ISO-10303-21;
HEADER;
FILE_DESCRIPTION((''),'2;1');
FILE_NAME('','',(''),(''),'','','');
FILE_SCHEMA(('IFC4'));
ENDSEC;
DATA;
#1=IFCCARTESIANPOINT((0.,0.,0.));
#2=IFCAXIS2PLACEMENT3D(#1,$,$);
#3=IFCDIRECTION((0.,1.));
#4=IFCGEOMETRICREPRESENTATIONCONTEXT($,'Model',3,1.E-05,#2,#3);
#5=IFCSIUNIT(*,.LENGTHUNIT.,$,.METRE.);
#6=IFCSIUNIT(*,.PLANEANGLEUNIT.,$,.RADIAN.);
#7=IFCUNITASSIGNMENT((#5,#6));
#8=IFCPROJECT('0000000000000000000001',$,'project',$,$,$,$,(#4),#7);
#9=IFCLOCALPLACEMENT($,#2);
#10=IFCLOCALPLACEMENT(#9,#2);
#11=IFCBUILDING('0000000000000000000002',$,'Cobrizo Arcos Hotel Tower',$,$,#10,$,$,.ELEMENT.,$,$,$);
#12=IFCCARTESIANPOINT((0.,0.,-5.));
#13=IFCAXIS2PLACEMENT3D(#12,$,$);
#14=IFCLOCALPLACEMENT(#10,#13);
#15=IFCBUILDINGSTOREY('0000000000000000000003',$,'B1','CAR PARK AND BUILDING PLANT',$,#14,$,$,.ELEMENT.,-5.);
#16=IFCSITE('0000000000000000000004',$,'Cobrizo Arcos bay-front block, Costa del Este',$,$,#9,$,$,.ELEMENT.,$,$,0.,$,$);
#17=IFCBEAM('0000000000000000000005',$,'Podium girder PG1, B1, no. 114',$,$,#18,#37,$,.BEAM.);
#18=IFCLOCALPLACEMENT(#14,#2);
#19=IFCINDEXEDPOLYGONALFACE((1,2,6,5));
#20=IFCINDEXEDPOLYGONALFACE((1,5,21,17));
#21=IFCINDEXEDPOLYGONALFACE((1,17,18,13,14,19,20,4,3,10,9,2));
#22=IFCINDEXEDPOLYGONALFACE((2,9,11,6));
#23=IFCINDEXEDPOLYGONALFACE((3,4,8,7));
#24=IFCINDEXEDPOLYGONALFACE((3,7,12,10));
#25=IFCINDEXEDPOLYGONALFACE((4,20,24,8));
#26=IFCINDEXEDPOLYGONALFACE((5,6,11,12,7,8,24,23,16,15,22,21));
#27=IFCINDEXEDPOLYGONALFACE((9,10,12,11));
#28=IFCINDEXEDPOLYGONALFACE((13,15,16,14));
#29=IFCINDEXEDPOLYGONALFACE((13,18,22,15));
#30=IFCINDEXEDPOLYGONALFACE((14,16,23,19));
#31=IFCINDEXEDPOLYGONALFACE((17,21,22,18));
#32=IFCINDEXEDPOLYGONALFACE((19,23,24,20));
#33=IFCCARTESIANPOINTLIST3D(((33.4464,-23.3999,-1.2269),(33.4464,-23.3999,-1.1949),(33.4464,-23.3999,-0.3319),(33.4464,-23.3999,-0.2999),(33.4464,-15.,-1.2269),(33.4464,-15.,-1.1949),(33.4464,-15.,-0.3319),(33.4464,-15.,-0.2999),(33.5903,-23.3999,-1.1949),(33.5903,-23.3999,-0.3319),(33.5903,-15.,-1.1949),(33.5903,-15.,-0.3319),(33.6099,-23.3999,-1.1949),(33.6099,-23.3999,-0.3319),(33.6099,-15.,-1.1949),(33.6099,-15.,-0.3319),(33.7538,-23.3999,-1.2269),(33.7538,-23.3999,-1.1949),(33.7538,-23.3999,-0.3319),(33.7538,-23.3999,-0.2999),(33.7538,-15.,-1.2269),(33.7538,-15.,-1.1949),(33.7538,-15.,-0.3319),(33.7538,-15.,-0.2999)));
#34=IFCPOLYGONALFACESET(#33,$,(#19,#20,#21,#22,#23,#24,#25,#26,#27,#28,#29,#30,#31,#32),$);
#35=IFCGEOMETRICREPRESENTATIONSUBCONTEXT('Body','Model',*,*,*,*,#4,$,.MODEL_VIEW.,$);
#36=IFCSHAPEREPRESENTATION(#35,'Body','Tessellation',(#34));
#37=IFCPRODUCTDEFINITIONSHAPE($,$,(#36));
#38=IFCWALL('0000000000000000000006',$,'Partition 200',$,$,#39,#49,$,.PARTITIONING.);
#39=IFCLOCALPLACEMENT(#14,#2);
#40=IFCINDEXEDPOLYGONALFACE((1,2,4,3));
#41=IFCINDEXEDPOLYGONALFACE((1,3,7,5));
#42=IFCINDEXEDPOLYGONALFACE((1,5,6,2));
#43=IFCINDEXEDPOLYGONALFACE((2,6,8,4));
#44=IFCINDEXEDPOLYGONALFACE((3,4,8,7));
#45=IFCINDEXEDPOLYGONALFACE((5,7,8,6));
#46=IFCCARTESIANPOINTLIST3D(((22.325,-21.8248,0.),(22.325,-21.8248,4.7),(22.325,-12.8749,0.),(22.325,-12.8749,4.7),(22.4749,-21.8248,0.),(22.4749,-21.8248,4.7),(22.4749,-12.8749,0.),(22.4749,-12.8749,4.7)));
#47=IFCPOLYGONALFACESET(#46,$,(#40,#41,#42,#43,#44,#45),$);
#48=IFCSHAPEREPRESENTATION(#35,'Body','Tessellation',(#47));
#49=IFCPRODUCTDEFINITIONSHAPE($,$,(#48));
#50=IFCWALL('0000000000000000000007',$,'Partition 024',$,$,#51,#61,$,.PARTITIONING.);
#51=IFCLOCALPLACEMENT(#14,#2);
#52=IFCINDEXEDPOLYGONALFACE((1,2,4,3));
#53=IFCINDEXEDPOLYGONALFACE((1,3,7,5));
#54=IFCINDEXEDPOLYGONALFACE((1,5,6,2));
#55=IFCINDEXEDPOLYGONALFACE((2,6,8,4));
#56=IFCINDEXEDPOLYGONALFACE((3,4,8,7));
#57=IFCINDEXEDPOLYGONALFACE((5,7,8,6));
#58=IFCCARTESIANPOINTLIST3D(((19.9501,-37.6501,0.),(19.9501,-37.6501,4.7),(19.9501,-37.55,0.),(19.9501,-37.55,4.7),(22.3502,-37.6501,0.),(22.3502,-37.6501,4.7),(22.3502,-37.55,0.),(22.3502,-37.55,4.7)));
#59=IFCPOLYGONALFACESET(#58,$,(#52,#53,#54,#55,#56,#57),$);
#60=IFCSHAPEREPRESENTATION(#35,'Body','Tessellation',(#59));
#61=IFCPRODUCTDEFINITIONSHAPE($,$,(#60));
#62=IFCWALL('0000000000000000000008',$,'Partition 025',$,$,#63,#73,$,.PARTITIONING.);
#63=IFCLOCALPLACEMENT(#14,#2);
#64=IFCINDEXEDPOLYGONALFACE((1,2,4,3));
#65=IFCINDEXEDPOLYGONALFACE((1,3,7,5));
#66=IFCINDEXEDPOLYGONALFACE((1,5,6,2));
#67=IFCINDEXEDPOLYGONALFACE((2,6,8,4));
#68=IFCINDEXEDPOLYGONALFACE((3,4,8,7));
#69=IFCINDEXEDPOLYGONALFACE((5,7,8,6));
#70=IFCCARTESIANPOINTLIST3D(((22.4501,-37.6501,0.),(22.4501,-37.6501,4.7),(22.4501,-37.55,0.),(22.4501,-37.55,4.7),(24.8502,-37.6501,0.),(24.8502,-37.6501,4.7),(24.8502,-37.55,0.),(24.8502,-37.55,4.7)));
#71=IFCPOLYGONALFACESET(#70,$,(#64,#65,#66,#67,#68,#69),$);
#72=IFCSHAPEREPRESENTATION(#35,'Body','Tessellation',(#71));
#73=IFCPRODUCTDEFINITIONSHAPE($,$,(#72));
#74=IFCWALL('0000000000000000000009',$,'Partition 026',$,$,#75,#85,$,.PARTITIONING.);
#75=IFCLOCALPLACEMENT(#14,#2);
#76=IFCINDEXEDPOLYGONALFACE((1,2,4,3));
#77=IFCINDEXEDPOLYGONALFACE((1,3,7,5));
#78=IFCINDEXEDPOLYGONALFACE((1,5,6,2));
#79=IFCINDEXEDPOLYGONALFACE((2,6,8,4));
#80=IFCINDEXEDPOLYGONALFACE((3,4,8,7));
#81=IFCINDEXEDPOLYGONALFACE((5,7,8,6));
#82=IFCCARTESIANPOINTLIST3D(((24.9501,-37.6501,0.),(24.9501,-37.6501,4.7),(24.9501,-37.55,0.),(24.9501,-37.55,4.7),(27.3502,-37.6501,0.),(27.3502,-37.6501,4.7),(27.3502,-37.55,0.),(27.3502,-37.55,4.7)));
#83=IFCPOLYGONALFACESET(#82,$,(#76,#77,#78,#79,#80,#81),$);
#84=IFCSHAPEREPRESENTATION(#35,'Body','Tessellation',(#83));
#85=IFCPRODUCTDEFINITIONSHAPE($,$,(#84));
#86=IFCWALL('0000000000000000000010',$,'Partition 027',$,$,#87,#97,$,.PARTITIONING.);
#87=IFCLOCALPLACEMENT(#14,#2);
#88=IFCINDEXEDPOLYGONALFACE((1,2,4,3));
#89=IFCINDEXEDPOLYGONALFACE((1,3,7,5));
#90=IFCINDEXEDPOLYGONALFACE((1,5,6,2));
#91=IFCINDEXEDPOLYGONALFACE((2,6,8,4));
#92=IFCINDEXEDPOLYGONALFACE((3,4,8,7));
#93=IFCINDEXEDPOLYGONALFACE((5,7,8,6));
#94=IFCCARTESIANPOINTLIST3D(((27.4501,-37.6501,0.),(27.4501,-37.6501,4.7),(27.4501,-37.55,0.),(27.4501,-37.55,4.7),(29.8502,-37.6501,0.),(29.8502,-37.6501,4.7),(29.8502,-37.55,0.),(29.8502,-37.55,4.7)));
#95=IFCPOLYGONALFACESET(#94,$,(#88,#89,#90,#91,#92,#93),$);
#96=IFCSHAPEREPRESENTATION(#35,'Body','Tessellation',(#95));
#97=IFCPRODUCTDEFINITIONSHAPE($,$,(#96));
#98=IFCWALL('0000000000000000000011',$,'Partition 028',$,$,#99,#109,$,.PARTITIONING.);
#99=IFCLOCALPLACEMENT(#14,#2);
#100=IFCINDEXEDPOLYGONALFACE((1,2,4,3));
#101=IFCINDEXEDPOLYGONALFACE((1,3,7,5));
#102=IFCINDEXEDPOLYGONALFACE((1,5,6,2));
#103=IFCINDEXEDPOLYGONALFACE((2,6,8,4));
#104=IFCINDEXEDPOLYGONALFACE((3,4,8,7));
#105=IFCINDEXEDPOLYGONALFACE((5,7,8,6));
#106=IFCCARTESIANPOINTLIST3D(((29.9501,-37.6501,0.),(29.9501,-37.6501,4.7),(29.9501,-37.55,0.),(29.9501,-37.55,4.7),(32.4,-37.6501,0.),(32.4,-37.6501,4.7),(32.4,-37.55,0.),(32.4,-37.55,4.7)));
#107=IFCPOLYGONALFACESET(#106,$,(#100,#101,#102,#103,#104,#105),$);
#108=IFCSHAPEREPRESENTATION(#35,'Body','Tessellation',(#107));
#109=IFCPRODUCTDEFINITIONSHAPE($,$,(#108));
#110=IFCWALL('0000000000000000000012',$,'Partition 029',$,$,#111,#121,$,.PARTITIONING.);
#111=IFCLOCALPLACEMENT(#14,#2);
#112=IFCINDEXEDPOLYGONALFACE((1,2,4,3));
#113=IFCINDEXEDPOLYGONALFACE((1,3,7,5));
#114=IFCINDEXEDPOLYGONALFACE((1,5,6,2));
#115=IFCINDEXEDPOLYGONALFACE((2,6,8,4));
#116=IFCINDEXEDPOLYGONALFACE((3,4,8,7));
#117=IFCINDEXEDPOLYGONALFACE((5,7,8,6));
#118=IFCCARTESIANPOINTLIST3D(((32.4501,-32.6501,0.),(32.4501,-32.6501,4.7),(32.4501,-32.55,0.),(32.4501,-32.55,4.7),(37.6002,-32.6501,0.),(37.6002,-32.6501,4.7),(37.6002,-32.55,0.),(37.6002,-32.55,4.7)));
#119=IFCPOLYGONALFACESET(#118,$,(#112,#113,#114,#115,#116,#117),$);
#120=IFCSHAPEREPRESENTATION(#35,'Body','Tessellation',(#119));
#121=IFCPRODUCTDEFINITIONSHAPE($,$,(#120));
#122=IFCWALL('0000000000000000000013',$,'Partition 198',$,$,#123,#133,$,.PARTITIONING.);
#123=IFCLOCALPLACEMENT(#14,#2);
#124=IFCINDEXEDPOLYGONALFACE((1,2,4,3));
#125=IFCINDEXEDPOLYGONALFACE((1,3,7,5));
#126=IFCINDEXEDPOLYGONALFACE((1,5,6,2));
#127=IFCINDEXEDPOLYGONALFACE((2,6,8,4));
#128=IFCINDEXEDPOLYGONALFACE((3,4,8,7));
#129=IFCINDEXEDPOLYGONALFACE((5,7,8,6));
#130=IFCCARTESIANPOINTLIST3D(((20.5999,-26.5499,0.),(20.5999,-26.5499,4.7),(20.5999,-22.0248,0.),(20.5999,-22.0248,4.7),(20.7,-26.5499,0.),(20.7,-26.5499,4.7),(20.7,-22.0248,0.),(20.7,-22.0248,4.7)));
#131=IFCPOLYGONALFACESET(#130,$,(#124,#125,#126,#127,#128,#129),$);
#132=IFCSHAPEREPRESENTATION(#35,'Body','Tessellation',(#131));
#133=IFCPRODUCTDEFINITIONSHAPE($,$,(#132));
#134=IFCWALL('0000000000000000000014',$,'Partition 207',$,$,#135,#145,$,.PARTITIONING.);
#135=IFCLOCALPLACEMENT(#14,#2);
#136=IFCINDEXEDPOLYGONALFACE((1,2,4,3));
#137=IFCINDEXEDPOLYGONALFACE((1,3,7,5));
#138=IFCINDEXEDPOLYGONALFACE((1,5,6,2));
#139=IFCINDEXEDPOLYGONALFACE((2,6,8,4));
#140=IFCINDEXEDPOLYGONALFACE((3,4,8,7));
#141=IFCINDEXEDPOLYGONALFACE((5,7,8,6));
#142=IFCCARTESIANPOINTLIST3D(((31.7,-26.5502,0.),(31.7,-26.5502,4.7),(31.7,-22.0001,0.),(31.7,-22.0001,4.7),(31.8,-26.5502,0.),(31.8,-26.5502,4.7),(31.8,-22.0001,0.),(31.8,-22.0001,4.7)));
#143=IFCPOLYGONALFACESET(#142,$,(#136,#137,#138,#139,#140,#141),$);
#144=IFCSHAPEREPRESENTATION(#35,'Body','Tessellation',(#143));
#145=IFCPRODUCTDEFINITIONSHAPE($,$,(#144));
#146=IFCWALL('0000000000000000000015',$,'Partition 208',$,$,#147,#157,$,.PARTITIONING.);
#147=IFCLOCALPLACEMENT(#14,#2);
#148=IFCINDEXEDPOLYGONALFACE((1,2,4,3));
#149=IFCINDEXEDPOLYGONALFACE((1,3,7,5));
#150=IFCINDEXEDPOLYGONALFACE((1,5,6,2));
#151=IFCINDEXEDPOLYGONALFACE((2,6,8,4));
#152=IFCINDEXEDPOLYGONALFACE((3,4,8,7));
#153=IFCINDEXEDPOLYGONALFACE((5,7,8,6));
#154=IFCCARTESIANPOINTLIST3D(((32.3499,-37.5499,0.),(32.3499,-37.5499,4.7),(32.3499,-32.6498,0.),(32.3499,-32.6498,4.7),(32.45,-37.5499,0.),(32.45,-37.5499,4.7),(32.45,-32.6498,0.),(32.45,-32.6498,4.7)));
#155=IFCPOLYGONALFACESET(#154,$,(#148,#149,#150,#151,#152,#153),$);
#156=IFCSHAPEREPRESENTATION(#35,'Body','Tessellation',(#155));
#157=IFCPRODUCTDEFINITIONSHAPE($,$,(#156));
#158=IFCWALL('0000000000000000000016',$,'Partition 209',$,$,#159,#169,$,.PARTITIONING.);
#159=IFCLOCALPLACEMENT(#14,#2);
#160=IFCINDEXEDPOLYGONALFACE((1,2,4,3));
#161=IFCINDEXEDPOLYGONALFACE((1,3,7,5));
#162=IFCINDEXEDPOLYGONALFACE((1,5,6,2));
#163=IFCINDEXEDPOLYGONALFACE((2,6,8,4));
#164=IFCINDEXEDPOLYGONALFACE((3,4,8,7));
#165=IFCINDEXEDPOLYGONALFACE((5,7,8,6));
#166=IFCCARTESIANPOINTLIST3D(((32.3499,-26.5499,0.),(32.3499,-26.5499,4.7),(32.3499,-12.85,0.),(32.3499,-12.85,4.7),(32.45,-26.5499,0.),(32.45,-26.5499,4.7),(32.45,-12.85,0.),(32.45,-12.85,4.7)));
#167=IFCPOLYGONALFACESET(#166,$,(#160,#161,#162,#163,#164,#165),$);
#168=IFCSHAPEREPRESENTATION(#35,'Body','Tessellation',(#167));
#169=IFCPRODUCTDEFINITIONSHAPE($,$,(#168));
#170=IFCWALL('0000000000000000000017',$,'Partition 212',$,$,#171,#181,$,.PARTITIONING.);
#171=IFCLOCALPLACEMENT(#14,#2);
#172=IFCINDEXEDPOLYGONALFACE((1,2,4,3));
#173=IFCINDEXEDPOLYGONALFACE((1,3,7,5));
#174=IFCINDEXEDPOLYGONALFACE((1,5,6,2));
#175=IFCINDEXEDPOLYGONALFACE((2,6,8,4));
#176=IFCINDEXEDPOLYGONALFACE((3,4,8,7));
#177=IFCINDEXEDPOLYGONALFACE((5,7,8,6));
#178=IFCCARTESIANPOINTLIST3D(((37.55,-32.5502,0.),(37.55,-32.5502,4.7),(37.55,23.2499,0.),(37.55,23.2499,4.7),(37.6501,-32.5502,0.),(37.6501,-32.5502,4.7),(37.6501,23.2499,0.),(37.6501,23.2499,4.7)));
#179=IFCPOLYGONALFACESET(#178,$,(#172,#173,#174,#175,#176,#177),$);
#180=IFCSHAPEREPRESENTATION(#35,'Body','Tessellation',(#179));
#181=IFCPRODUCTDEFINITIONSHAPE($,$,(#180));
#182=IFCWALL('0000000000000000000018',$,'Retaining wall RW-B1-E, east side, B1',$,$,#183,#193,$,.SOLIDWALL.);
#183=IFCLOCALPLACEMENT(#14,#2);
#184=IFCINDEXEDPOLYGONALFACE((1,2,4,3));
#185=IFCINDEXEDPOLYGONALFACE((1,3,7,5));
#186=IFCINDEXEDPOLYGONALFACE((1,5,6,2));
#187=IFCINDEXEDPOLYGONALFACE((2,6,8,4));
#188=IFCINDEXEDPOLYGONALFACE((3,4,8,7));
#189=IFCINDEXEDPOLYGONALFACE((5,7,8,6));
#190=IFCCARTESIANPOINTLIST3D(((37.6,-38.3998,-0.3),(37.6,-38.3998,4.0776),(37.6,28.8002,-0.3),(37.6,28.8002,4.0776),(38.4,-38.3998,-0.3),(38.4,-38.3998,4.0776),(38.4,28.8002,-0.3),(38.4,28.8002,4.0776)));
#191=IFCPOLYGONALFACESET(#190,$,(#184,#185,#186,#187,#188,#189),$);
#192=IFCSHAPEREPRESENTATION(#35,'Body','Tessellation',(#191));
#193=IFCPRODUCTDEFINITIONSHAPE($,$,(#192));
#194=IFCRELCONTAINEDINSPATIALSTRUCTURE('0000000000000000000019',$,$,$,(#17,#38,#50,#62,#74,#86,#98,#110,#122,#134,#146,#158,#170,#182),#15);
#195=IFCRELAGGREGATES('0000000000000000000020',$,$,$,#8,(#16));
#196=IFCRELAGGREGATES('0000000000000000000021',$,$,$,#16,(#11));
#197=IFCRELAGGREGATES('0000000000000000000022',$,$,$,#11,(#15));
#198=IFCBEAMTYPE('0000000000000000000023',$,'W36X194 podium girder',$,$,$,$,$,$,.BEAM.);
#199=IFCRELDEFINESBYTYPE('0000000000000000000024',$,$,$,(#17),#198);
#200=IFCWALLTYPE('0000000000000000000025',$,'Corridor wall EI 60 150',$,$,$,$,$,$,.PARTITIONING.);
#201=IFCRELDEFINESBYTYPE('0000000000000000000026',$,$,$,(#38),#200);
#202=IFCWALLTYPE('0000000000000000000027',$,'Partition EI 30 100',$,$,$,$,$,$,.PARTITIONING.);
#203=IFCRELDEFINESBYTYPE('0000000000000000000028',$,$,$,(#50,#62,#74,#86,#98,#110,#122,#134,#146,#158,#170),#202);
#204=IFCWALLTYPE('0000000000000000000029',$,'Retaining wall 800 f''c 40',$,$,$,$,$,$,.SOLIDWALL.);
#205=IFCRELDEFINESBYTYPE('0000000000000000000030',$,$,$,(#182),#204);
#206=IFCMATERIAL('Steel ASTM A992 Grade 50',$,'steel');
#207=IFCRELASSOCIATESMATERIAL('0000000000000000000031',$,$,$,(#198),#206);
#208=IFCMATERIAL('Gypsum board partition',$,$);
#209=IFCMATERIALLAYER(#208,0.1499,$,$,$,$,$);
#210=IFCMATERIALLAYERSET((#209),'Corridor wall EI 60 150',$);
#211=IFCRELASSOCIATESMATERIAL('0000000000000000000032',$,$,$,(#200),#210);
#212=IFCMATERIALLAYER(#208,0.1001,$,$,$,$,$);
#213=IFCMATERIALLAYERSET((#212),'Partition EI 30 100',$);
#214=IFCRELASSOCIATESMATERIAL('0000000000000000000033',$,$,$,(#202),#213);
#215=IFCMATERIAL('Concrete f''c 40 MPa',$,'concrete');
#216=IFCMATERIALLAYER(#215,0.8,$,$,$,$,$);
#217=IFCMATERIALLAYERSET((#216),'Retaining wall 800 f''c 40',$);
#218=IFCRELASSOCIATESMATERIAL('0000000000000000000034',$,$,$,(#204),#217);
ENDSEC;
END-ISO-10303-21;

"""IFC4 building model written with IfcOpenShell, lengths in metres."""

from ifc_helpers import new_model, si_unit, direction, frame, frame_2d, origin, origin_2d, place, context, subcontext, project, spatial, rectangle, i_section, extrude, material, layer, layer_set, material_profile, profile_set, type_object, element, save


model = new_model("IFC4")

# Units and contexts
model_context = context("Model", 3, precision=1e-05, world=origin(), true_north=direction((0.0, 1.0)))
body_context = subcontext(model_context, "Body", "Model", "MODEL_VIEW")
ifc_project = project(units=[si_unit("LENGTHUNIT", "METRE"), si_unit("PLANEANGLEUNIT", "RADIAN")], contexts=[model_context])

# Site, building, storey
site_placement = place(None, origin())
site = spatial("IfcSite", under=ifc_project, at=site_placement, Name="Cobrizo Arcos bay-front block, Costa del Este", CompositionType="ELEMENT", RefElevation=0.0)
building_placement = place(site_placement, origin())
building = spatial("IfcBuilding", under=site, at=building_placement, Name="Cobrizo Arcos Hotel Tower", CompositionType="ELEMENT")
storey_placement = place(building_placement, frame((0.0, 0.0, -5.0)))
storey = spatial("IfcBuildingStorey", under=building, at=storey_placement, Name="B1", Description="CAR PARK AND BUILDING PLANT", CompositionType="ELEMENT", Elevation=-5.0)

# Beam
ifc_material_1 = material(Name="Steel ASTM A992 Grade 50", Category="steel")
ifc_material_profile_1 = material_profile(ifc_material_1, i_section(OverallWidth=0.3074, OverallDepth=0.927, WebThickness=0.0195, FlangeThickness=0.032, at=origin_2d()), Name="W36X194")
ifc_profile_set_1 = profile_set([ifc_material_profile_1], Name="Steel ASTM A992 Grade 50")
beam_type_1 = type_object("IfcBeamType", Name="W36X194 podium girder", PredefinedType="BEAM", material=ifc_profile_set_1)
beam_1_placement = place(storey_placement, frame((33.6001, -23.3999, -0.7634), z_axis=(0.0, 1.0, 0.0), x_axis=(-1.0, 0.0, 0.0)))
element("IfcBeam", 1, at=beam_1_placement, inside=storey, type_object=beam_type_1, Name="Podium girder PG1, B1, no. 114", PredefinedType="BEAM", context=body_context, shape_type="SweptSolid", body=[
    extrude(i_section(OverallWidth=0.3074, OverallDepth=0.927, WebThickness=0.0195, FlangeThickness=0.032, at=origin_2d()), origin(), (0.0, 0.0, 1.0), 8.3999),
])

# Walls
ifc_material_2 = material(Name="Gypsum board partition")
ifc_layer_1 = layer(ifc_material_2, 0.1499)
ifc_layer_set_1 = layer_set([ifc_layer_1], Name="Corridor wall EI 60 150")
wall_type_1 = type_object("IfcWallType", Name="Corridor wall EI 60 150", PredefinedType="PARTITIONING", material=ifc_layer_set_1)
wall_1_placement = place(storey_placement, frame((22.3999, -21.825, 0.0), z_axis=(0.0, 0.0, 1.0), x_axis=(0.0, 1.0, 0.0)))
element("IfcWall", 2, at=wall_1_placement, inside=storey, type_object=wall_type_1, Name="Partition 200", PredefinedType="PARTITIONING", context=body_context, shape_type="SweptSolid", body=[
    extrude(rectangle(XDim=8.95, YDim=0.1499, at=frame_2d((4.4751, 0.0))), origin(), (0.0, 0.0, 1.0), 4.7),
])
ifc_layer_2 = layer(ifc_material_2, 0.1001)
ifc_layer_set_2 = layer_set([ifc_layer_2], Name="Partition EI 30 100")
wall_type_2 = type_object("IfcWallType", Name="Partition EI 30 100", PredefinedType="PARTITIONING", material=ifc_layer_set_2)
for number, where, z_axis, x_axis, name in (
    (3, (19.95, -37.6001, 0.0), (0.0, 0.0, 1.0), (1.0, 0.0, 0.0), "Partition 024"),
    (4, (22.45, -37.6001, 0.0), (0.0, 0.0, 1.0), (1.0, 0.0, 0.0), "Partition 025"),
    (5, (24.95, -37.6001, 0.0), (0.0, 0.0, 1.0), (1.0, 0.0, 0.0), "Partition 026"),
    (6, (27.45, -37.6001, 0.0), (0.0, 0.0, 1.0), (1.0, 0.0, 0.0), "Partition 027"),
):
    element("IfcWall", number, at=place(storey_placement, frame(where, z_axis=z_axis, x_axis=x_axis)), inside=storey, type_object=wall_type_2, Name=name, PredefinedType="PARTITIONING", context=body_context, shape_type="SweptSolid", body=[
        extrude(rectangle(XDim=2.4001, YDim=0.1001, at=frame_2d((1.2002, 0.0))), origin(), (0.0, 0.0, 1.0), 4.7),
    ])
wall_2_placement = place(storey_placement, frame((29.95, -37.6001, 0.0), z_axis=(0.0, 0.0, 1.0), x_axis=(1.0, 0.0, 0.0)))
element("IfcWall", 7, at=wall_2_placement, inside=storey, type_object=wall_type_2, Name="Partition 028", PredefinedType="PARTITIONING", context=body_context, shape_type="SweptSolid", body=[
    extrude(rectangle(XDim=2.45, YDim=0.1001, at=frame_2d((1.2251, 0.0))), origin(), (0.0, 0.0, 1.0), 4.7),
])
wall_3_placement = place(storey_placement, frame((32.45, -32.6001, 0.0), z_axis=(0.0, 0.0, 1.0), x_axis=(1.0, 0.0, 0.0)))
element("IfcWall", 8, at=wall_3_placement, inside=storey, type_object=wall_type_2, Name="Partition 029", PredefinedType="PARTITIONING", context=body_context, shape_type="SweptSolid", body=[
    extrude(rectangle(XDim=5.1501, YDim=0.1001, at=frame_2d((2.5752, 0.0))), origin(), (0.0, 0.0, 1.0), 4.7),
])
wall_4_placement = place(storey_placement, frame((20.6499, -26.55, 0.0), z_axis=(0.0, 0.0, 1.0), x_axis=(0.0, 1.0, 0.0)))
element("IfcWall", 9, at=wall_4_placement, inside=storey, type_object=wall_type_2, Name="Partition 198", PredefinedType="PARTITIONING", context=body_context, shape_type="SweptSolid", body=[
    extrude(rectangle(XDim=4.5251, YDim=0.1001, at=frame_2d((2.2627, 0.0))), origin(), (0.0, 0.0, 1.0), 4.7),
])
wall_5_placement = place(storey_placement, frame((31.75, -26.55, 0.0), z_axis=(0.0, 0.0, 1.0), x_axis=(0.0, 1.0, 0.0)))
element("IfcWall", 10, at=wall_5_placement, inside=storey, type_object=wall_type_2, Name="Partition 207", PredefinedType="PARTITIONING", context=body_context, shape_type="SweptSolid", body=[
    extrude(rectangle(XDim=4.55, YDim=0.1001, at=frame_2d((2.2749, 0.0))), origin(), (0.0, 0.0, 1.0), 4.7),
])
wall_6_placement = place(storey_placement, frame((32.3999, -37.55, 0.0), z_axis=(0.0, 0.0, 1.0), x_axis=(0.0, 1.0, 0.0)))
element("IfcWall", 11, at=wall_6_placement, inside=storey, type_object=wall_type_2, Name="Partition 208", PredefinedType="PARTITIONING", context=body_context, shape_type="SweptSolid", body=[
    extrude(rectangle(XDim=4.9001, YDim=0.1001, at=frame_2d((2.4502, 0.0))), origin(), (0.0, 0.0, 1.0), 4.7),
])
wall_7_placement = place(storey_placement, frame((32.3999, -26.55, 0.0), z_axis=(0.0, 0.0, 1.0), x_axis=(0.0, 1.0, 0.0)))
element("IfcWall", 12, at=wall_7_placement, inside=storey, type_object=wall_type_2, Name="Partition 209", PredefinedType="PARTITIONING", context=body_context, shape_type="SweptSolid", body=[
    extrude(rectangle(XDim=13.7, YDim=0.1001, at=frame_2d((6.8501, 0.0))), origin(), (0.0, 0.0, 1.0), 4.7),
])
wall_8_placement = place(storey_placement, frame((37.6001, -32.55, 0.0), z_axis=(0.0, 0.0, 1.0), x_axis=(0.0, 1.0, 0.0)))
element("IfcWall", 13, at=wall_8_placement, inside=storey, type_object=wall_type_2, Name="Partition 212", PredefinedType="PARTITIONING", context=body_context, shape_type="SweptSolid", body=[
    extrude(rectangle(XDim=55.8, YDim=0.1001, at=frame_2d((27.8999, 0.0))), origin(), (0.0, 0.0, 1.0), 4.7),
])
ifc_material_3 = material(Name="Concrete f'c 40 MPa", Category="concrete")
ifc_layer_3 = layer(ifc_material_3, 0.8)
ifc_layer_set_3 = layer_set([ifc_layer_3], Name="Retaining wall 800 f'c 40")
wall_type_3 = type_object("IfcWallType", Name="Retaining wall 800 f'c 40", PredefinedType="SOLIDWALL", material=ifc_layer_set_3)
wall_9_placement = place(storey_placement, frame((38.0, -38.3999, -0.3), z_axis=(0.0, 0.0, 1.0), x_axis=(0.0, 1.0, 0.0)))
element("IfcWall", 14, at=wall_9_placement, inside=storey, type_object=wall_type_3, Name="Retaining wall RW-B1-E, east side, B1", PredefinedType="SOLIDWALL", context=body_context, shape_type="SweptSolid", body=[
    extrude(rectangle(XDim=67.2, YDim=0.8, at=frame_2d((33.6001, 0.0))), origin(), (0.0, 0.0, 1.0), 4.3777),
])

save(model, "model.ifc")
